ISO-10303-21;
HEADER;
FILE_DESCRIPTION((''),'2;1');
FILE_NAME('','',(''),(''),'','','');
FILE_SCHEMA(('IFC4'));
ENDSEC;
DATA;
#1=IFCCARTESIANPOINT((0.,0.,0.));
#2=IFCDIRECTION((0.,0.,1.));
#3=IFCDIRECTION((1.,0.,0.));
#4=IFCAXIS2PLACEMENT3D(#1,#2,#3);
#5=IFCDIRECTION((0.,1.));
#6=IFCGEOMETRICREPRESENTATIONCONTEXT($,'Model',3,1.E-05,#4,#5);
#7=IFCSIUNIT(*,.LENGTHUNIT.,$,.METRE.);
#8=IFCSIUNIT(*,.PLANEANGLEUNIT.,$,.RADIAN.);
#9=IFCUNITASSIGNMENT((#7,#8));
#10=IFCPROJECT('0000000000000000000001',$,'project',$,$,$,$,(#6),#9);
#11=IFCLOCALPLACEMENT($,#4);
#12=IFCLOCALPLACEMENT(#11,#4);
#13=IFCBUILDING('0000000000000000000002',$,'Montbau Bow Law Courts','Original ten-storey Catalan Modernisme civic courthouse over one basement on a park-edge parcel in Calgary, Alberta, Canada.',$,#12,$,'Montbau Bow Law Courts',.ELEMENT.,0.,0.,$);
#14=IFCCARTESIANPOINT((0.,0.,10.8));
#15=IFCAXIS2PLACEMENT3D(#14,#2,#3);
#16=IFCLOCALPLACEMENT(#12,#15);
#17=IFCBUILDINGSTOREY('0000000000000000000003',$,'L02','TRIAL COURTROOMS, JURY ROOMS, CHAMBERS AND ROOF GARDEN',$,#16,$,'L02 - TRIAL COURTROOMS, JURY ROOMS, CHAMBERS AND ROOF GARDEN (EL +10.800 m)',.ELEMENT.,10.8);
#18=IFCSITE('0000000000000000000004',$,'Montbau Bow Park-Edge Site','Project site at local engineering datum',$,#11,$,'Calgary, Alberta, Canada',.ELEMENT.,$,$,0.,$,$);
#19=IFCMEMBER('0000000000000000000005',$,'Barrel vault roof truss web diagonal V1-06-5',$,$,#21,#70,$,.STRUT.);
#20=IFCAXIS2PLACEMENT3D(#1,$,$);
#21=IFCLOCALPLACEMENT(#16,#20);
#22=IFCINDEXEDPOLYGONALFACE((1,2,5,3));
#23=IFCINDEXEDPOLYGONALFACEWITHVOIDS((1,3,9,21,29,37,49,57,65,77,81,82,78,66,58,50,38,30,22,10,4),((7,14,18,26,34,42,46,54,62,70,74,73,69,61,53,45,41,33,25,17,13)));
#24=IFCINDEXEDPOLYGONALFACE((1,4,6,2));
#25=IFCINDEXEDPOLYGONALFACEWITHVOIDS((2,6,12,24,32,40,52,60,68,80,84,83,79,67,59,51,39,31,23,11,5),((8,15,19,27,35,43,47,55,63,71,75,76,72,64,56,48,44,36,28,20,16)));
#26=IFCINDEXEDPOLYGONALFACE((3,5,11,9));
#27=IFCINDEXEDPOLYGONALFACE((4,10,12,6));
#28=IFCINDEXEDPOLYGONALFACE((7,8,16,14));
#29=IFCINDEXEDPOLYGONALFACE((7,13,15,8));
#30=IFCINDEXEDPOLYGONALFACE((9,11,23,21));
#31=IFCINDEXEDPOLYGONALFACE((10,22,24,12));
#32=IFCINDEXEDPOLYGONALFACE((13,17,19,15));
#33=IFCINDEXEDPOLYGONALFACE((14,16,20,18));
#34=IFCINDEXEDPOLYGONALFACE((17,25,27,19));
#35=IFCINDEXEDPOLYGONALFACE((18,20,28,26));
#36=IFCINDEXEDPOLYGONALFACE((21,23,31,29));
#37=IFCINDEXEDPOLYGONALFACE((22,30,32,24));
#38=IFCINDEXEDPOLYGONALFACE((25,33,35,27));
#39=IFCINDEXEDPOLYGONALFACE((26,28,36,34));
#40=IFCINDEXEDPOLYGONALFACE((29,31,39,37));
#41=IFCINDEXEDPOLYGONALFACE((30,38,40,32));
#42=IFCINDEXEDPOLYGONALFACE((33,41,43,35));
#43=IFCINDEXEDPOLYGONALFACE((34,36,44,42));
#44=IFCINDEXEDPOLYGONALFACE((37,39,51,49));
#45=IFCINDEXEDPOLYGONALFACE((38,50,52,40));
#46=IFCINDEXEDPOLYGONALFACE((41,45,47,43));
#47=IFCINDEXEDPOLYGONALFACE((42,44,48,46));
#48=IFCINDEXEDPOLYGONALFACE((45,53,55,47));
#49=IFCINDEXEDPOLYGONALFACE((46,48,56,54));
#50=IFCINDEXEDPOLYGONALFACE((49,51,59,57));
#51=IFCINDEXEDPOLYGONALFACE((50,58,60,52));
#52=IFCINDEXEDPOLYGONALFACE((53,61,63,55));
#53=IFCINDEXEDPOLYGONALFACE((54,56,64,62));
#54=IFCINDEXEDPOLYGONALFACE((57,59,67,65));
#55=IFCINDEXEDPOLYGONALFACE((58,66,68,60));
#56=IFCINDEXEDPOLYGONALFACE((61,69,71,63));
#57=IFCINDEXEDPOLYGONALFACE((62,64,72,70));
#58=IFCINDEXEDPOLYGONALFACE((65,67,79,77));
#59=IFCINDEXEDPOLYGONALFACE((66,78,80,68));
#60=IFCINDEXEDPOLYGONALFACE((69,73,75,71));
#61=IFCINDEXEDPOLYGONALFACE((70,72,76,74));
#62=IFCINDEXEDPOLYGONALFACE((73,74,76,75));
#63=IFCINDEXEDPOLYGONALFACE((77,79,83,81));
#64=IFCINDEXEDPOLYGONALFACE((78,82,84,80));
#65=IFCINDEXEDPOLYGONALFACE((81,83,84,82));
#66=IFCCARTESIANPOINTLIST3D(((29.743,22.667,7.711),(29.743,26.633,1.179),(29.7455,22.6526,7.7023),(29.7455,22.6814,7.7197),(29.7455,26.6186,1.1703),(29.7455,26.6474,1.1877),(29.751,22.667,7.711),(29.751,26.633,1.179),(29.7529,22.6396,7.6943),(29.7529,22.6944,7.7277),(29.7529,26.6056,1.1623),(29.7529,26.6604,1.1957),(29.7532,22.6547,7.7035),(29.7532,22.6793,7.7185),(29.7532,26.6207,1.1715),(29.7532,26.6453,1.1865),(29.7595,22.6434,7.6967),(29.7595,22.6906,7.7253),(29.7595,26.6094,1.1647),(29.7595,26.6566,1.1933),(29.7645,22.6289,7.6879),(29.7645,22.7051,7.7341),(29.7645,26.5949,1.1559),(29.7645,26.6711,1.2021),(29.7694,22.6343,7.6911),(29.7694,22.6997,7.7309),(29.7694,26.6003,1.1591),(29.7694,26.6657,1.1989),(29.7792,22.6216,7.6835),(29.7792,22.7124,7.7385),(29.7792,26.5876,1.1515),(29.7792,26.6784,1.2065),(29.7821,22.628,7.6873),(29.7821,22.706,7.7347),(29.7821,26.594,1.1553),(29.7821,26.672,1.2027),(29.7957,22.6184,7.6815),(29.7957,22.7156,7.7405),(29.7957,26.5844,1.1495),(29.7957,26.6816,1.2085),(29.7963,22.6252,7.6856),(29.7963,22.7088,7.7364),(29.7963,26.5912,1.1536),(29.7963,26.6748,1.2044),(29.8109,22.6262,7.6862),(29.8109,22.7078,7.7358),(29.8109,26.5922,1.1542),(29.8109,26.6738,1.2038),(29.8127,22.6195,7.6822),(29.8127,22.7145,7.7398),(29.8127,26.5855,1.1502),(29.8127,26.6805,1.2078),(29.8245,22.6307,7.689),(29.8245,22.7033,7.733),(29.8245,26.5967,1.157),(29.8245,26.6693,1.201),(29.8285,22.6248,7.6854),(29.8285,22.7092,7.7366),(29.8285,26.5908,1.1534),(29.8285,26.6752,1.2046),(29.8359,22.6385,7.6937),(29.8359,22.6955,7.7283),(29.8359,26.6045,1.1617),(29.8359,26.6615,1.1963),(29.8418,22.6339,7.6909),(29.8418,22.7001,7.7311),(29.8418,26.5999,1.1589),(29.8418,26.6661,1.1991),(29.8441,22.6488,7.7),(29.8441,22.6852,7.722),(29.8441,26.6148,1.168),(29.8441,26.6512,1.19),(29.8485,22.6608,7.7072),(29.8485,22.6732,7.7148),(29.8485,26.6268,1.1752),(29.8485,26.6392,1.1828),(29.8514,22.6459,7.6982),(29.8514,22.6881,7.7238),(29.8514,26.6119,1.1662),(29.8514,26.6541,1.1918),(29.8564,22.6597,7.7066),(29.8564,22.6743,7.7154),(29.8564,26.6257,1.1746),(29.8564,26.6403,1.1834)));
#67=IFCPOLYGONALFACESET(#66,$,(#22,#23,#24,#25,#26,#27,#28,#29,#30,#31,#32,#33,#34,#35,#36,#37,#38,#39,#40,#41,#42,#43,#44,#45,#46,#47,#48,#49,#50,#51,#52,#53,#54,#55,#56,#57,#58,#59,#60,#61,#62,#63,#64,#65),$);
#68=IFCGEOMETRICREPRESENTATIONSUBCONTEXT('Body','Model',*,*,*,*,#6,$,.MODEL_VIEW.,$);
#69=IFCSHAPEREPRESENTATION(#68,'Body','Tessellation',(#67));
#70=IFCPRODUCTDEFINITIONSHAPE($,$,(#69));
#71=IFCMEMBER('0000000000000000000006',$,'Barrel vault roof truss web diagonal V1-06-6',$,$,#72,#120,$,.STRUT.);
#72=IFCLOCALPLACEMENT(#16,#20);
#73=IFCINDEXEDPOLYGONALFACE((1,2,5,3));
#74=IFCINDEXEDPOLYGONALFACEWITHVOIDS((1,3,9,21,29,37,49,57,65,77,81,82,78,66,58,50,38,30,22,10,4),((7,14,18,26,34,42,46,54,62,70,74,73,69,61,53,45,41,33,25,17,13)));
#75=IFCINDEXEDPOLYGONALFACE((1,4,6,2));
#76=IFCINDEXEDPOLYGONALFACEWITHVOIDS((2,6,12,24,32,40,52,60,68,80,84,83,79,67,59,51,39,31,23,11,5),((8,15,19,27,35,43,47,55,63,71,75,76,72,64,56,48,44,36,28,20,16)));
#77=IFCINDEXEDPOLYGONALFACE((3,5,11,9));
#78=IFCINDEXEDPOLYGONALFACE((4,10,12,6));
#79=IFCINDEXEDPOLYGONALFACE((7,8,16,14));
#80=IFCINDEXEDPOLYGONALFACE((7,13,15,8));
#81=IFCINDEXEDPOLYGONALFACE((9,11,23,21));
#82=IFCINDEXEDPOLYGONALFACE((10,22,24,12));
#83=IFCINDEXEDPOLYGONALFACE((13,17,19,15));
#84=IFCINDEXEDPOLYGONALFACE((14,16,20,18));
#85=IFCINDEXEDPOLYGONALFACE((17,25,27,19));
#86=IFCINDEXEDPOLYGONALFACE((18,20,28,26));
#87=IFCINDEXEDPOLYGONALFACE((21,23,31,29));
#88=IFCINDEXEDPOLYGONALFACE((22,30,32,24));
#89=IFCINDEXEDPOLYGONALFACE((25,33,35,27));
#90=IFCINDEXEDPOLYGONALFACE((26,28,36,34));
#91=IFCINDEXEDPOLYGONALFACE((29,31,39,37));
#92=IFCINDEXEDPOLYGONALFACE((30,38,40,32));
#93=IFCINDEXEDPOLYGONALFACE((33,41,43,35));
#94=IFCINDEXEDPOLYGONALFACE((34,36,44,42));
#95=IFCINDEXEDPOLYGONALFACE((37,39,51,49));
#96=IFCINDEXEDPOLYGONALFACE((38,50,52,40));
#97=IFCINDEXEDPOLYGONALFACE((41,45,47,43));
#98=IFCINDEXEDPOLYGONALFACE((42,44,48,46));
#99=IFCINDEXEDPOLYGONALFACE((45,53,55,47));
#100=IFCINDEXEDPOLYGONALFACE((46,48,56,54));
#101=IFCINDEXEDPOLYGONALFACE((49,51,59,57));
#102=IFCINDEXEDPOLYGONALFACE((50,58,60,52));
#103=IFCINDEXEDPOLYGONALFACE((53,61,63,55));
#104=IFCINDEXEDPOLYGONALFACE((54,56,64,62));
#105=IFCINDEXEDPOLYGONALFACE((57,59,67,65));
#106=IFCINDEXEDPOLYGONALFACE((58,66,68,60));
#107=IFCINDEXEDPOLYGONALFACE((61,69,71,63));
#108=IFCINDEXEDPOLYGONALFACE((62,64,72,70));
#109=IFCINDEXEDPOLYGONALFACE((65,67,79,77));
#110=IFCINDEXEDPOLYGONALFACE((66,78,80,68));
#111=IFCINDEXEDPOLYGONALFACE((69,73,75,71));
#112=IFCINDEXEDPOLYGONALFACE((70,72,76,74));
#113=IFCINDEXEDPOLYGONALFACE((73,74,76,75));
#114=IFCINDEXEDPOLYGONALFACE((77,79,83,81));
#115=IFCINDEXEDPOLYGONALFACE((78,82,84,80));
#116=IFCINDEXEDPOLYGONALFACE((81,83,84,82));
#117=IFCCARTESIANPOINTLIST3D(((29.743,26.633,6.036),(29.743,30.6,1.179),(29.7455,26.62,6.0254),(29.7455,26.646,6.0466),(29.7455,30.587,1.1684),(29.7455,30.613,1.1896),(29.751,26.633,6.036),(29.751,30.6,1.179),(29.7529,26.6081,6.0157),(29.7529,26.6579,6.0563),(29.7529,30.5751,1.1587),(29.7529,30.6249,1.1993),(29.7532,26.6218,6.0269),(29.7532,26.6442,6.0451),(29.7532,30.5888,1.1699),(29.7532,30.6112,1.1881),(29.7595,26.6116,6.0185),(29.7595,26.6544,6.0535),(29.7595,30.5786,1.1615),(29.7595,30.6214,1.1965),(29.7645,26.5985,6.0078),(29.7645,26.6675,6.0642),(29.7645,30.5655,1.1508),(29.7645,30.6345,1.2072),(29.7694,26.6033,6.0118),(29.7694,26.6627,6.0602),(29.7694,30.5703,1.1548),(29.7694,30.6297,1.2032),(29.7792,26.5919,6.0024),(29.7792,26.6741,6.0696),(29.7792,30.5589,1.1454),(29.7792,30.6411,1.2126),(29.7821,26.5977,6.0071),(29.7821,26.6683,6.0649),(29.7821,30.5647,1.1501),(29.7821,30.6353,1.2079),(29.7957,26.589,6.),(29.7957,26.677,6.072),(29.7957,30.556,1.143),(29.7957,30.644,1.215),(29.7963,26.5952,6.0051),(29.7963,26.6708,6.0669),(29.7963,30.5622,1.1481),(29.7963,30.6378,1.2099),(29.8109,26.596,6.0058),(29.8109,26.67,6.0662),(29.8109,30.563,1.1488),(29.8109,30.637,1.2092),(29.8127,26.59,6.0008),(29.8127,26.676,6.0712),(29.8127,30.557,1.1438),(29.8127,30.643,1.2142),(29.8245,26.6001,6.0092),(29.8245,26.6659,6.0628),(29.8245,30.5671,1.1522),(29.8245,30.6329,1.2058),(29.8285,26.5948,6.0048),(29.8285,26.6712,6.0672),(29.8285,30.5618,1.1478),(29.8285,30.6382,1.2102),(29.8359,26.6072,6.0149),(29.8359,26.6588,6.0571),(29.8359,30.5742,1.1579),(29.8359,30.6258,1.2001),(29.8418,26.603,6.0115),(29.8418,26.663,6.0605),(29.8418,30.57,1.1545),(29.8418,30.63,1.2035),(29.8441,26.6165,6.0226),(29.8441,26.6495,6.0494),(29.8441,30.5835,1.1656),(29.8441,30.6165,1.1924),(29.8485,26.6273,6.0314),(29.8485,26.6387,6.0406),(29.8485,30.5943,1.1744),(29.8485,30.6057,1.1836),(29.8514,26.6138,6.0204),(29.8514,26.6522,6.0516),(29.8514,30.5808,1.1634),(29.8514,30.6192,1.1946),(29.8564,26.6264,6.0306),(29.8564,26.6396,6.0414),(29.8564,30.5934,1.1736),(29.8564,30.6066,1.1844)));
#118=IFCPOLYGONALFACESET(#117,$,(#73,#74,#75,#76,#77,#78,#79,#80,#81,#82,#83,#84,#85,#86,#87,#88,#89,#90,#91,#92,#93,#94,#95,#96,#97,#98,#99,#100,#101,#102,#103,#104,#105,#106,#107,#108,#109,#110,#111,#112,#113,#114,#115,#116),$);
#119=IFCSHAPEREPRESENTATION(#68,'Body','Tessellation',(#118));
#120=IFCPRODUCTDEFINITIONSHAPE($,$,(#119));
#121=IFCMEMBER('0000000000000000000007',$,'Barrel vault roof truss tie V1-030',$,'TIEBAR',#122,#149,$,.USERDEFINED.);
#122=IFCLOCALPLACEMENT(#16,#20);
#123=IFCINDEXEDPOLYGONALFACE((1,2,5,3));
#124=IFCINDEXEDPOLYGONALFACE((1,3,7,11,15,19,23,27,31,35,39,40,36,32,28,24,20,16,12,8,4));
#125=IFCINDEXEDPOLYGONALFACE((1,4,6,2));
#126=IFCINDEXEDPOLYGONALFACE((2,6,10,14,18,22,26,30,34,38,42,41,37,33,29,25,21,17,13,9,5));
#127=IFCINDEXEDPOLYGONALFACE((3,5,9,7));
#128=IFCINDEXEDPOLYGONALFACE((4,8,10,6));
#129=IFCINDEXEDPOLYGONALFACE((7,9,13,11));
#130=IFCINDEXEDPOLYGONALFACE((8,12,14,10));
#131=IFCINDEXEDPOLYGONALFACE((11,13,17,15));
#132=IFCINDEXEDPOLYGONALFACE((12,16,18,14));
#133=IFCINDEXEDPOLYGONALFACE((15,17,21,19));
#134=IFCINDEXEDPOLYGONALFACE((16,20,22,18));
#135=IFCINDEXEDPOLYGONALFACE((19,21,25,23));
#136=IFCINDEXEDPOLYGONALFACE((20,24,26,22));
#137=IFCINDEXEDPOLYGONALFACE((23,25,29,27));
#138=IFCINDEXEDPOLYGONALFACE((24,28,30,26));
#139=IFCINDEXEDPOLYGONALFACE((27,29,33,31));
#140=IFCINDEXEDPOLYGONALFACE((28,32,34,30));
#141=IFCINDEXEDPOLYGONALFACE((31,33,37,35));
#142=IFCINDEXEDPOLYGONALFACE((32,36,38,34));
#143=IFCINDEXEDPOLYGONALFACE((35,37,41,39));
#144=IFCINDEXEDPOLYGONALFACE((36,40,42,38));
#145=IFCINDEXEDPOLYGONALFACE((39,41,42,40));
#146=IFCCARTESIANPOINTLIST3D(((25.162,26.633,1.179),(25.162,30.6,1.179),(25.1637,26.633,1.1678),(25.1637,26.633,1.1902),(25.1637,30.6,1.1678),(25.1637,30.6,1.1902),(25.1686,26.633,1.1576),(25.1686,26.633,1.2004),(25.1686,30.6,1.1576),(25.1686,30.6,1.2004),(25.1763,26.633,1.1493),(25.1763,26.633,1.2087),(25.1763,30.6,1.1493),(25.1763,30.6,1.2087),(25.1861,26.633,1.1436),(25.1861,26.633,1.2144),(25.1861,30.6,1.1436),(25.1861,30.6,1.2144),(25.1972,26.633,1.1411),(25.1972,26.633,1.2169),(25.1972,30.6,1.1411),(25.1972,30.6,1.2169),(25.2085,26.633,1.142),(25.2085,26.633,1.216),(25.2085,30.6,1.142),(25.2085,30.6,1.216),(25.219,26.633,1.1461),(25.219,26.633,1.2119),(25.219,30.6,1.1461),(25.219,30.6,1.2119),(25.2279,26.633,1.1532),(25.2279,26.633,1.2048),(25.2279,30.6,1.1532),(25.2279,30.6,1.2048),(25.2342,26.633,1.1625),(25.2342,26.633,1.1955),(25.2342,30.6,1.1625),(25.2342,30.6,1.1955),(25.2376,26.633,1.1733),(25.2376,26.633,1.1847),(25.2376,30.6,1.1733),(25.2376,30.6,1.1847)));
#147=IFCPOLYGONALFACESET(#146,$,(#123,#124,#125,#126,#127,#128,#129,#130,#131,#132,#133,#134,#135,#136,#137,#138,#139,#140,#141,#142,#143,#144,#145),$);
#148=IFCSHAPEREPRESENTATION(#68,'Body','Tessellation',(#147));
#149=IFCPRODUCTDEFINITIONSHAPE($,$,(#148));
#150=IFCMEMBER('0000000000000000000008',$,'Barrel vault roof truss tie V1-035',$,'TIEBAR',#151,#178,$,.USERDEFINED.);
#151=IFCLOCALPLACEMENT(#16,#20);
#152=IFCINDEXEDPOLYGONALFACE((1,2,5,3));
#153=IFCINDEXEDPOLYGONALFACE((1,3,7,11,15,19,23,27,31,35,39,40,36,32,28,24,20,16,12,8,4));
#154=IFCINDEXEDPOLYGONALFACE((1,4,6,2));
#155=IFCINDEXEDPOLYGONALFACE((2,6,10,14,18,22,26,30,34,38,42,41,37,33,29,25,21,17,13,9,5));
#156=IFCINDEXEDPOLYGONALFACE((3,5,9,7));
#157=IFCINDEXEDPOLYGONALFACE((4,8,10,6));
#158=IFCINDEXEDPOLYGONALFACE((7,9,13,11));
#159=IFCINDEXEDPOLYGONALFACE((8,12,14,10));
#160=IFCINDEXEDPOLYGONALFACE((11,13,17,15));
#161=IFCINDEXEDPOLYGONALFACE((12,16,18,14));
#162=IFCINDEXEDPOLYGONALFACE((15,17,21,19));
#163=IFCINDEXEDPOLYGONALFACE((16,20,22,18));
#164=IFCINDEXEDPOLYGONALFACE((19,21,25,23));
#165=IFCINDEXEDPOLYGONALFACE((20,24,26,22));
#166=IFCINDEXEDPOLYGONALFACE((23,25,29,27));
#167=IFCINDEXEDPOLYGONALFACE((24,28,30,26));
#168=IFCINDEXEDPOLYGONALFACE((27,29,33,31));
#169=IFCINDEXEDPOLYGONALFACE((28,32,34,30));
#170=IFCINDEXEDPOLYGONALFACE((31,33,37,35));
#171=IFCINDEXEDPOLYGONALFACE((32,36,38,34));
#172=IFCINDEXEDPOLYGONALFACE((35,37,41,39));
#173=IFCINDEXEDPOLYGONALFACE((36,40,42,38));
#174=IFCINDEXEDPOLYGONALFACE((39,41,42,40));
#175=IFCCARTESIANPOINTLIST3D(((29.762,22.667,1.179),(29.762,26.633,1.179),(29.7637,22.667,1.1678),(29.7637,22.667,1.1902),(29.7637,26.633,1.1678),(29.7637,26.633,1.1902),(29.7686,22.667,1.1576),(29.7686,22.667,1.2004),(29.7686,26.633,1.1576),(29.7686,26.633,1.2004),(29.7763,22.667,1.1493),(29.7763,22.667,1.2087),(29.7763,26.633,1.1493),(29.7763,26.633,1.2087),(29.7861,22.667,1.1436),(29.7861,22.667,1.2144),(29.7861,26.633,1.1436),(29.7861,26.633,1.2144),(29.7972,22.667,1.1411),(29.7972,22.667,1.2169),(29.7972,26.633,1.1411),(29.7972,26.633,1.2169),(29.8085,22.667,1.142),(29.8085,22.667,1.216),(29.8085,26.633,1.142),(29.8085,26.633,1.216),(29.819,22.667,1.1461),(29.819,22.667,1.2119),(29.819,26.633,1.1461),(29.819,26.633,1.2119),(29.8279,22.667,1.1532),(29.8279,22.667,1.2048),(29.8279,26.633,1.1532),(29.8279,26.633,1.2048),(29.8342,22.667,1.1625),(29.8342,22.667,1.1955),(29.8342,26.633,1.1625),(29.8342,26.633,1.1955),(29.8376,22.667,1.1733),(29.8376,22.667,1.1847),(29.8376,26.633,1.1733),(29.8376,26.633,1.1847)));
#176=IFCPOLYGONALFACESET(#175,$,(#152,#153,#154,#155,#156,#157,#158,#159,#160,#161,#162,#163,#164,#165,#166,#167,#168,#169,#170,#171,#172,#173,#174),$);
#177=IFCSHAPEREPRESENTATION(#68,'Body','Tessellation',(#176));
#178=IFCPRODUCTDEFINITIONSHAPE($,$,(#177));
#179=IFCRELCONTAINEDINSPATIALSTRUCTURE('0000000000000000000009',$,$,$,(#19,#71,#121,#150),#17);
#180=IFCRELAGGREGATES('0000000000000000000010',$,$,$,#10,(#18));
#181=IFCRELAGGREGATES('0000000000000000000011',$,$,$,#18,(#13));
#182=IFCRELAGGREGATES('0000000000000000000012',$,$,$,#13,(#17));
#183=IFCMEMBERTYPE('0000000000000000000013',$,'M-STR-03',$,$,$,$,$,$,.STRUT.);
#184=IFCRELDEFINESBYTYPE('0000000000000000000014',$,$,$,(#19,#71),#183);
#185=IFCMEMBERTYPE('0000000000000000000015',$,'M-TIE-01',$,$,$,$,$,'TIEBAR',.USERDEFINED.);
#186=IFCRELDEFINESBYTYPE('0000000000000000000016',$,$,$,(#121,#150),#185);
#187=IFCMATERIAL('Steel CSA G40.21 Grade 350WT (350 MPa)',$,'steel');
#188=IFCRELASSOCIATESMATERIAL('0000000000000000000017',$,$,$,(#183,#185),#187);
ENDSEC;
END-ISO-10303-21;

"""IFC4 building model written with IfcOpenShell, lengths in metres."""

from ifc_helpers import new_model, si_unit, direction, frame, origin_with_axes, origin_2d_with_axis, place, context, subcontext, project, spatial, circle, hollow_circle, extrude, material, material_profile, profile_set, type_object, element, save


model = new_model("IFC4")

# Units and contexts
model_context = context("Model", 3, precision=1e-05, world=origin_with_axes(), true_north=direction((0.0, 1.0)))
body_context = subcontext(model_context, "Body", "Model", "MODEL_VIEW")
ifc_project = project(units=[si_unit("LENGTHUNIT", "METRE"), si_unit("PLANEANGLEUNIT", "RADIAN")], contexts=[model_context])

# Site, building, storey
site_placement = place(None, origin_with_axes())
site = spatial("IfcSite", under=ifc_project, at=site_placement, Name="Montbau Bow Park-Edge Site", Description="Project site at local engineering datum", LongName="Calgary, Alberta, Canada", CompositionType="ELEMENT", RefElevation=0.0)
building_placement = place(site_placement, origin_with_axes())
building = spatial("IfcBuilding", under=site, at=building_placement, Name="Montbau Bow Law Courts", Description="Original ten-storey Catalan Modernisme civic courthouse over one basement on a park-edge parcel in Calgary, Alberta, Canada.", LongName="Montbau Bow Law Courts", CompositionType="ELEMENT", ElevationOfRefHeight=0.0, ElevationOfTerrain=0.0)
storey_placement = place(building_placement, frame((0.0, 0.0, 10.8), z_axis=(0.0, 0.0, 1.0), x_axis=(1.0, 0.0, 0.0)))
storey = spatial("IfcBuildingStorey", under=building, at=storey_placement, Name="L02", Description="TRIAL COURTROOMS, JURY ROOMS, CHAMBERS AND ROOF GARDEN", LongName="L02 - TRIAL COURTROOMS, JURY ROOMS, CHAMBERS AND ROOF GARDEN (EL +10.800 m)", CompositionType="ELEMENT", Elevation=10.8)

# Shared definitions
ifc_material_1 = material(Name="Steel CSA G40.21 Grade 350WT (350 MPa)", Category="steel")

# Members
ifc_material_profile_1 = material_profile(ifc_material_1, hollow_circle(Radius=0.057, WallThickness=0.008, at=origin_2d_with_axis()), Name="HSS114X8.0", Category="Main", Priority=0)
ifc_profile_set_1 = profile_set([ifc_material_profile_1], Name="Steel CSA G40.21 Grade 350WT (350 MPa)")
member_type_1 = type_object("IfcMemberType", Name="M-STR-03", PredefinedType="STRUT", material=ifc_profile_set_1)
member_1_placement = place(None, frame((29.8, 22.667, 18.511), z_axis=(0.0, 0.518992, -0.854779), x_axis=(-1.0, 0.0, 0.0)))
element("IfcMember", 1, at=member_1_placement, inside=storey, type_object=member_type_1, Name="Barrel vault roof truss web diagonal V1-06-5", PredefinedType="STRUT", context=body_context, shape_type="SweptSolid", body=[
    extrude(hollow_circle(Radius=0.057, WallThickness=0.008, at=origin_2d_with_axis()), origin_with_axes(), (0.0, 0.0, 1.0), 7.6417),
])
member_2_placement = place(None, frame((29.8, 26.633, 16.836), z_axis=(0.0, 0.632578, -0.774497), x_axis=(-1.0, 0.0, 0.0)))
element("IfcMember", 2, at=member_2_placement, inside=storey, type_object=member_type_1, Name="Barrel vault roof truss web diagonal V1-06-6", PredefinedType="STRUT", context=body_context, shape_type="SweptSolid", body=[
    extrude(hollow_circle(Radius=0.057, WallThickness=0.008, at=origin_2d_with_axis()), origin_with_axes(), (0.0, 0.0, 1.0), 6.2712),
])
ifc_material_profile_2 = material_profile(ifc_material_1, circle(Radius=0.038, at=origin_2d_with_axis()), Name="ROD76", Category="Main", Priority=0)
ifc_profile_set_2 = profile_set([ifc_material_profile_2], Name="Steel CSA G40.21 Grade 350WT (350 MPa)")
member_type_2 = type_object("IfcMemberType", Name="M-TIE-01", ElementType="TIEBAR", PredefinedType="USERDEFINED", material=ifc_profile_set_2)
member_3_placement = place(None, frame((25.2, 26.633, 11.979), z_axis=(0.0, 1.0, 0.0), x_axis=(-1.0, 0.0, 0.0)))
element("IfcMember", 3, at=member_3_placement, inside=storey, type_object=member_type_2, Name="Barrel vault roof truss tie V1-030", ObjectType="TIEBAR", PredefinedType="USERDEFINED", context=body_context, shape_type="SweptSolid", body=[
    extrude(circle(Radius=0.038, at=origin_2d_with_axis()), origin_with_axes(), (0.0, 0.0, 1.0), 3.967),
])
member_4_placement = place(None, frame((29.8, 22.667, 11.979), z_axis=(0.0, 1.0, 0.0), x_axis=(-1.0, 0.0, 0.0)))
element("IfcMember", 4, at=member_4_placement, inside=storey, type_object=member_type_2, Name="Barrel vault roof truss tie V1-035", ObjectType="TIEBAR", PredefinedType="USERDEFINED", context=body_context, shape_type="SweptSolid", body=[
    extrude(circle(Radius=0.038, at=origin_2d_with_axis()), origin_with_axes(), (0.0, 0.0, 1.0), 3.966),
])

save(model, "model.ifc")
